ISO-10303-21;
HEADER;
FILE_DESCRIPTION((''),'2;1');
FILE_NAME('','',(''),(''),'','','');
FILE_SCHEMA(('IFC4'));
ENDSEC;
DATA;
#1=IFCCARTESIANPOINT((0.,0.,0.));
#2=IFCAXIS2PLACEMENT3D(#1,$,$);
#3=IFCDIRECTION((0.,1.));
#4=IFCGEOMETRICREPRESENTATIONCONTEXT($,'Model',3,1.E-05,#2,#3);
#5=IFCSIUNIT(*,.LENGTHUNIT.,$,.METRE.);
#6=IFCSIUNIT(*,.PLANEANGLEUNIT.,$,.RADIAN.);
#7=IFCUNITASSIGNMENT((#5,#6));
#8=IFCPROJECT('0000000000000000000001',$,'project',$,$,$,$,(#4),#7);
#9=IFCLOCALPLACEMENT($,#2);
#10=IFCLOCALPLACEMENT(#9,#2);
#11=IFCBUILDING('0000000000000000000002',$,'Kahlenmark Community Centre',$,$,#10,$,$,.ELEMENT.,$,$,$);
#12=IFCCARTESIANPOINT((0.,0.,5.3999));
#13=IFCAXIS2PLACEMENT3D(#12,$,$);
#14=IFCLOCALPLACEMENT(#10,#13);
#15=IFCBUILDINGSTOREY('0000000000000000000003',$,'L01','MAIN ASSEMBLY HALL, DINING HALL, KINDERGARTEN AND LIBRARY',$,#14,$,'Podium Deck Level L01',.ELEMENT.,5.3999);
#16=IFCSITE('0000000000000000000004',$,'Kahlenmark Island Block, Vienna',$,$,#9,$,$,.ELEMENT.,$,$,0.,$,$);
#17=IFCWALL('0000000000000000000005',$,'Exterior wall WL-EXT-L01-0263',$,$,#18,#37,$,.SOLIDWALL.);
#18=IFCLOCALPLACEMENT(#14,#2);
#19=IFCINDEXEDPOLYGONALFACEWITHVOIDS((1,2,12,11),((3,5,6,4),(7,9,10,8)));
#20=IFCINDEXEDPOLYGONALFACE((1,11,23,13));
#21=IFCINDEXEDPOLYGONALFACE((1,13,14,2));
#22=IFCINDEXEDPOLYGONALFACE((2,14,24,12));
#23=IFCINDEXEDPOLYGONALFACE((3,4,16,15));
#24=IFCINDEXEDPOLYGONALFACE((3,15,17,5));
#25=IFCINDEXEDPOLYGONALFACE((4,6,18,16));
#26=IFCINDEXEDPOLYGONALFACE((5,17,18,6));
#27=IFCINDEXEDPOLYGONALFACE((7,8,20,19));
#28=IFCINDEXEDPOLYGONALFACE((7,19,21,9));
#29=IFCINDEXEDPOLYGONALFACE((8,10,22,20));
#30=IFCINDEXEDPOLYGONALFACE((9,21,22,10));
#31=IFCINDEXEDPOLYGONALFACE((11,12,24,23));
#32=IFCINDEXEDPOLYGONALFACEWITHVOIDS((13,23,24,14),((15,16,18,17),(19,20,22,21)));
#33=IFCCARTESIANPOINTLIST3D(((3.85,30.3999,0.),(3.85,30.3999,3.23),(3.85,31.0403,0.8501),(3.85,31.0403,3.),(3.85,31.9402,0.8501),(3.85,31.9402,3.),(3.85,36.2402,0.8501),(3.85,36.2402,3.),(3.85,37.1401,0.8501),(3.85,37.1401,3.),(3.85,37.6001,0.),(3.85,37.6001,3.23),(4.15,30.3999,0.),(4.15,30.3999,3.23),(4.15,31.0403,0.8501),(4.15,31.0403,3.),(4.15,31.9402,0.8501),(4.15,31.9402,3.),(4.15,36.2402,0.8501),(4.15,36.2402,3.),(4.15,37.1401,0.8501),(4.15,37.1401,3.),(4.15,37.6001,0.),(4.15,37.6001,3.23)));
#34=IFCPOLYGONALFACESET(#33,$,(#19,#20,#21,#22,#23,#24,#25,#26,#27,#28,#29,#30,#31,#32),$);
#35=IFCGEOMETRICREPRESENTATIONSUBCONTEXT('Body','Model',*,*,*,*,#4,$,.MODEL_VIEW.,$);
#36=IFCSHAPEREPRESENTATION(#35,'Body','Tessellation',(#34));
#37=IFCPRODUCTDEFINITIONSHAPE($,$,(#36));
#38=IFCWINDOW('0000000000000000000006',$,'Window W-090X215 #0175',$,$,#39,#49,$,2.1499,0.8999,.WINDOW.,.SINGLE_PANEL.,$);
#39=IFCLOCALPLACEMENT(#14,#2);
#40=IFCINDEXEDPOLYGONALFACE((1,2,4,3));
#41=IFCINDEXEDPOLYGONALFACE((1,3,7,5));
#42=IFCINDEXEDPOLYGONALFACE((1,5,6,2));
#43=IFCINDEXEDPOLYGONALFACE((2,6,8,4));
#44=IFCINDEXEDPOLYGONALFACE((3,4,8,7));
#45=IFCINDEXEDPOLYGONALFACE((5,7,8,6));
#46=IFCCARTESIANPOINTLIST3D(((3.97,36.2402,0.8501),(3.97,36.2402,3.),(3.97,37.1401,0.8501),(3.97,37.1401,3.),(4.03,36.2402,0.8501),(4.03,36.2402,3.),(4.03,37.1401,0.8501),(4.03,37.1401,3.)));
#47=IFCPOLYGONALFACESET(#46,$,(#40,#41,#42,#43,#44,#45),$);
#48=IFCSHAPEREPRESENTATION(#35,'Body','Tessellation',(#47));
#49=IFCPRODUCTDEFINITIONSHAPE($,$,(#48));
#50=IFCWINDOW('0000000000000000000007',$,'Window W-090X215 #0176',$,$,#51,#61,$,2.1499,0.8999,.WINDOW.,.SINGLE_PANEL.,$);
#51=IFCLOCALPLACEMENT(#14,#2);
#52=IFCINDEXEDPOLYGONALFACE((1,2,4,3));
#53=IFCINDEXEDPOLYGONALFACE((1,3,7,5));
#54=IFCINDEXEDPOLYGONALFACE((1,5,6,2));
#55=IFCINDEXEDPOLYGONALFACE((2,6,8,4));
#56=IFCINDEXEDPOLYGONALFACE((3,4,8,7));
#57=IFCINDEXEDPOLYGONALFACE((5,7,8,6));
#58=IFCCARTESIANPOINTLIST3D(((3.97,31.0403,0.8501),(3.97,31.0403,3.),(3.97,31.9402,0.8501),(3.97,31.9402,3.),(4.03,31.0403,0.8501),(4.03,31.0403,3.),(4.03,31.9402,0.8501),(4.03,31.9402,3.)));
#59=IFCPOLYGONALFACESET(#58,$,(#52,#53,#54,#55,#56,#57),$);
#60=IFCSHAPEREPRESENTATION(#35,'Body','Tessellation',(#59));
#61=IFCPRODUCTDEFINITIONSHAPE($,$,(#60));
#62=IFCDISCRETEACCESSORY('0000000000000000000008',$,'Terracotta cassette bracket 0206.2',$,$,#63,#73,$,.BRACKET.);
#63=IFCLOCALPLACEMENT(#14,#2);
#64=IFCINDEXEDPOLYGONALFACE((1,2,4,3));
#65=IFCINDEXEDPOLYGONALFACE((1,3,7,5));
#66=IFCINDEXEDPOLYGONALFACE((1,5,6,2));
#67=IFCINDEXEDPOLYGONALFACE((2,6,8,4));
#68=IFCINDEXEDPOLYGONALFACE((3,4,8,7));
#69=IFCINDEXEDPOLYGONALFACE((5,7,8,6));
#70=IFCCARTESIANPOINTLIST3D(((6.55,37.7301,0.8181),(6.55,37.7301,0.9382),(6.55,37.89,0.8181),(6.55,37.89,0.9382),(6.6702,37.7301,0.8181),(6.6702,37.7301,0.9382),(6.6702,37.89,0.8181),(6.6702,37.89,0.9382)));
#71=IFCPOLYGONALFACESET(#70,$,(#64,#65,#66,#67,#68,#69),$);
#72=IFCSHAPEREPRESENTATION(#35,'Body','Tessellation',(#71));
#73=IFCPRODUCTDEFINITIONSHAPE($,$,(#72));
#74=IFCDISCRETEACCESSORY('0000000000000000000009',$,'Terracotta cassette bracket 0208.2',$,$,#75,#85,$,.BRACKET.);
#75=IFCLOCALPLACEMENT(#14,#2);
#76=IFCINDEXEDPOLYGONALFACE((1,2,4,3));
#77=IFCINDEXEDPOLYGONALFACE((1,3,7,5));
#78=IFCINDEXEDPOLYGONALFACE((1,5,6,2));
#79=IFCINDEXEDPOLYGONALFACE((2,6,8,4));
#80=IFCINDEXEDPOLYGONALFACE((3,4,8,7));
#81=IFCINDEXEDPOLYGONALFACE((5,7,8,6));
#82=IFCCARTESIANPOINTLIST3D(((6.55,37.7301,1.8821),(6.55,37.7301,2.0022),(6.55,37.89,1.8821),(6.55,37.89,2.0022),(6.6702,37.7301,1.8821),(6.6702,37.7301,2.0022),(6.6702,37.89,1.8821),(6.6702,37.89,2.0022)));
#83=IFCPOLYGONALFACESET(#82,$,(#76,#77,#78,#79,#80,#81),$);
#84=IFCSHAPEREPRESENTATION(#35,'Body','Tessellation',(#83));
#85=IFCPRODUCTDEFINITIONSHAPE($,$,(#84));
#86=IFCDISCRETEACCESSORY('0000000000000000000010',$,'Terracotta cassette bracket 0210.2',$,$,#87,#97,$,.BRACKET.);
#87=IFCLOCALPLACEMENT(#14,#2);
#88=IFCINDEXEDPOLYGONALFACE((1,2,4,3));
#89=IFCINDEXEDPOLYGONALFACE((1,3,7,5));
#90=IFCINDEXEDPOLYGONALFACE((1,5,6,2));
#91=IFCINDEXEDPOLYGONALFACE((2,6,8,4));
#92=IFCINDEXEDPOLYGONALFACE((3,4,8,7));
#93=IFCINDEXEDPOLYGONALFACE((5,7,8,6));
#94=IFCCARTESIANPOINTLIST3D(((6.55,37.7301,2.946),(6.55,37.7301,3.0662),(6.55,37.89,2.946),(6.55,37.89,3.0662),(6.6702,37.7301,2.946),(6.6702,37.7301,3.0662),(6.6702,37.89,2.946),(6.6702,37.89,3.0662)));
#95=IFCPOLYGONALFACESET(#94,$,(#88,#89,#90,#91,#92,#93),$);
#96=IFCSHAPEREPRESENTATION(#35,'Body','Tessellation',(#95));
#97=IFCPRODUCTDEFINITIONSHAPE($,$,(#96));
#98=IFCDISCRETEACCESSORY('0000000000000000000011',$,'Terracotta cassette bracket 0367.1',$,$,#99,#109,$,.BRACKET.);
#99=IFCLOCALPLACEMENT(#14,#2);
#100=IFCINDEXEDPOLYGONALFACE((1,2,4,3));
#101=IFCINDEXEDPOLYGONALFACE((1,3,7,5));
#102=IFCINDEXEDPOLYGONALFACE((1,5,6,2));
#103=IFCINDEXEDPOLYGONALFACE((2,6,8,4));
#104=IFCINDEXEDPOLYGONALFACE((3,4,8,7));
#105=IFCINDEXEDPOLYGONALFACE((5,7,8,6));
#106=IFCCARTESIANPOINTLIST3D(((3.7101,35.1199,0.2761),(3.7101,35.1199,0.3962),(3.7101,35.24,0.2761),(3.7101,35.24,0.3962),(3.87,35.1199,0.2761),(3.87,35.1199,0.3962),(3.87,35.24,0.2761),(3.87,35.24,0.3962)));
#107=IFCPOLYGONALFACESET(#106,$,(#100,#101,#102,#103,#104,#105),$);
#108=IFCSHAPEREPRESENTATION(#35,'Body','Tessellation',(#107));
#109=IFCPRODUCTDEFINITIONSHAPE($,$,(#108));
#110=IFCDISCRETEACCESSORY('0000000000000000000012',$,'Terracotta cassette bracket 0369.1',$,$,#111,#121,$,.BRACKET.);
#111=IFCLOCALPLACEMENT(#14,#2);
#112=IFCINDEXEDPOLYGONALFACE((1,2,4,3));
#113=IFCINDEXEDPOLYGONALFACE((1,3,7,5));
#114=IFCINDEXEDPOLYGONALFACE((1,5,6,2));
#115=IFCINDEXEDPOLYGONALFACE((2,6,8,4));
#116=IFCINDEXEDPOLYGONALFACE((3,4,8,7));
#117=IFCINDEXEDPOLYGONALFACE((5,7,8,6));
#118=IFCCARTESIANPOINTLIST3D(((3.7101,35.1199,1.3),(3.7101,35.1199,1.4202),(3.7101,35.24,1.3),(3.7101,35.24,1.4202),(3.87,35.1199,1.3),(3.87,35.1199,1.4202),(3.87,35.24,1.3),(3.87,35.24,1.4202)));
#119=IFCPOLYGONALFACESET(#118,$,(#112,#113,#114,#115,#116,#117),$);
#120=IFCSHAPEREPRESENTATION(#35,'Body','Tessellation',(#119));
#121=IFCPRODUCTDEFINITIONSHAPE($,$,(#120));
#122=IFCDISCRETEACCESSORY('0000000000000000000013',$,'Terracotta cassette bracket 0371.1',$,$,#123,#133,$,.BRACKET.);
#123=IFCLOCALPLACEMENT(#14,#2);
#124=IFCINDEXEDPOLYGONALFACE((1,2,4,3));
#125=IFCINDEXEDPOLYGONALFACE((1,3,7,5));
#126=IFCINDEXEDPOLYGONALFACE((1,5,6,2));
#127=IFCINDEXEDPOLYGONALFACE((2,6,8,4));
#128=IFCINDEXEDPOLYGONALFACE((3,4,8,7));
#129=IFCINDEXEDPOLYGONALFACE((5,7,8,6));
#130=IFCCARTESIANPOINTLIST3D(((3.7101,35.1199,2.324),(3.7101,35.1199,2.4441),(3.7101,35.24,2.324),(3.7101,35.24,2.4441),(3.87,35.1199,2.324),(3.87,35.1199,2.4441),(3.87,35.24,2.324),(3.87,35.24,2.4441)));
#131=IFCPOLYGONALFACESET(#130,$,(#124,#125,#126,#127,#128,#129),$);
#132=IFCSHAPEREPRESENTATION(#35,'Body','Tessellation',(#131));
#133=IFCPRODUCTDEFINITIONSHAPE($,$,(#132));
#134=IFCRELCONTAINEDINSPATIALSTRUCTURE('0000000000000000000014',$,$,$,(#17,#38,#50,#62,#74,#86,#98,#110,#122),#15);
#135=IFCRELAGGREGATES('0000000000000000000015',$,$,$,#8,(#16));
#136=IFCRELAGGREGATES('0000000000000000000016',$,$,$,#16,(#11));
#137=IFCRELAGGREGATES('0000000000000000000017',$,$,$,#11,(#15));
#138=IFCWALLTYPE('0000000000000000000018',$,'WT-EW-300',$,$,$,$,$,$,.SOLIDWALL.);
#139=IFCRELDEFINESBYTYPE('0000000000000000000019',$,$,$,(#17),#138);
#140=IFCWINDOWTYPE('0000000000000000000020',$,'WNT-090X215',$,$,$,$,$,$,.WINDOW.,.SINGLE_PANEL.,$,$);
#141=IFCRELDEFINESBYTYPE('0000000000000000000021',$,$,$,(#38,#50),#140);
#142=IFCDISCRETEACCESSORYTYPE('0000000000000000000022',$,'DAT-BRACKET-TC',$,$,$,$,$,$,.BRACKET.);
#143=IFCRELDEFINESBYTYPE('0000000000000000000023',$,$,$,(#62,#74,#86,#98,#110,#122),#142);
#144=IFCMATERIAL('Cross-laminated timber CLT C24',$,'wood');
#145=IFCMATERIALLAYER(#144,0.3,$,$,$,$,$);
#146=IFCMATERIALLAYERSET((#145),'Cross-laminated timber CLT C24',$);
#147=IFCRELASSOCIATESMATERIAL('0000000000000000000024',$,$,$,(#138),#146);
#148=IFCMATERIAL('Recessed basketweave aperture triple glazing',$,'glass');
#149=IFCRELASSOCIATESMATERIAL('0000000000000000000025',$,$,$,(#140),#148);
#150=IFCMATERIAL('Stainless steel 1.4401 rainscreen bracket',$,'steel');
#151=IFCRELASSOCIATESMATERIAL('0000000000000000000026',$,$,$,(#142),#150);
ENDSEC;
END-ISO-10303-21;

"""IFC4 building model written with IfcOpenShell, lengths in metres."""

from ifc_helpers import new_model, si_unit, direction, frame, frame_2d, origin, origin_2d, place, context, subcontext, project, spatial, rectangle, extrude, material, layer, layer_set, type_object, element, fill, save


model = new_model("IFC4")

# Units and contexts
model_context = context("Model", 3, precision=1e-05, world=origin(), true_north=direction((0.0, 1.0)))
body_context = subcontext(model_context, "Body", "Model", "MODEL_VIEW")
ifc_project = project(units=[si_unit("LENGTHUNIT", "METRE"), si_unit("PLANEANGLEUNIT", "RADIAN")], contexts=[model_context])

# Site, building, storey
site_placement = place(None, origin())
site = spatial("IfcSite", under=ifc_project, at=site_placement, Name="Kahlenmark Island Block, Vienna", CompositionType="ELEMENT", RefElevation=0.0)
building_placement = place(site_placement, origin())
building = spatial("IfcBuilding", under=site, at=building_placement, Name="Kahlenmark Community Centre", CompositionType="ELEMENT")
storey_placement = place(building_placement, frame((0.0, 0.0, 5.3999)))
storey = spatial("IfcBuildingStorey", under=building, at=storey_placement, Name="L01", Description="MAIN ASSEMBLY HALL, DINING HALL, KINDERGARTEN AND LIBRARY", LongName="Podium Deck Level L01", CompositionType="ELEMENT", Elevation=5.3999)

# Wall, openings, windows
ifc_material_1 = material(Name="Cross-laminated timber CLT C24", Category="wood")
ifc_layer_1 = layer(ifc_material_1, 0.3)
ifc_layer_set_1 = layer_set([ifc_layer_1], Name="Cross-laminated timber CLT C24")
wall_type = type_object("IfcWallType", Name="WT-EW-300", PredefinedType="SOLIDWALL", material=ifc_layer_set_1)
wall_placement = place(storey_placement, frame((4.0, 37.6001, 0.0), z_axis=(0.0, 0.0, 1.0), x_axis=(0.0, -1.0, 0.0)))
wall = element("IfcWall", 1, at=wall_placement, inside=storey, type_object=wall_type, Name="Exterior wall WL-EXT-L01-0263", PredefinedType="SOLIDWALL", context=body_context, shape_type="SweptSolid", body=[
    extrude(rectangle(XDim=7.2002, YDim=0.3, at=frame_2d((3.6001, 0.0))), origin(), (0.0, 0.0, 1.0), 3.23),
])
opening_1_placement = place(wall_placement, frame((0.46, 0.0, 0.8501)))
opening_1 = element("IfcOpeningElement", 2, at=opening_1_placement, cuts=wall, PredefinedType="OPENING", context=body_context, shape_type="SweptSolid", body=[
    extrude(rectangle(XDim=0.8999, YDim=2.1499, at=frame_2d((0.45, 1.075))), frame((0.0, 0.1599, 0.0), z_axis=(0.0, -1.0, 0.0), x_axis=(1.0, 0.0, 0.0)), (0.0, 0.0, 1.0), 0.3201),
])
opening_2_placement = place(wall_placement, frame((5.6599, 0.0, 0.8501)))
opening_2 = element("IfcOpeningElement", 3, at=opening_2_placement, cuts=wall, PredefinedType="OPENING", context=body_context, shape_type="SweptSolid", body=[
    extrude(rectangle(XDim=0.8999, YDim=2.1499, at=frame_2d((0.45, 1.075))), frame((0.0, 0.1599, 0.0), z_axis=(0.0, -1.0, 0.0), x_axis=(1.0, 0.0, 0.0)), (0.0, 0.0, 1.0), 0.3201),
])
ifc_material_2 = material(Name="Recessed basketweave aperture triple glazing", Category="glass")
window_type = type_object("IfcWindowType", Name="WNT-090X215", PartitioningType="SINGLE_PANEL", PredefinedType="WINDOW", material=ifc_material_2)
window_1_placement = place(opening_1_placement, origin())
window_1 = element("IfcWindow", 4, at=window_1_placement, inside=storey, type_object=window_type, Name="Window W-090X215 #0175", OverallHeight=2.1499, OverallWidth=0.8999, PartitioningType="SINGLE_PANEL", PredefinedType="WINDOW", context=body_context, shape_type="SweptSolid", body=[
    extrude(rectangle(XDim=0.8999, YDim=2.1499, at=frame_2d((0.45, 1.075))), frame((0.0, 0.03, 0.0), z_axis=(0.0, -1.0, 0.0), x_axis=(1.0, 0.0, 0.0)), (0.0, 0.0, 1.0), 0.0601),
])
fill(opening_1, window_1)
window_2_placement = place(opening_2_placement, origin())
window_2 = element("IfcWindow", 5, at=window_2_placement, inside=storey, type_object=window_type, Name="Window W-090X215 #0176", OverallHeight=2.1499, OverallWidth=0.8999, PartitioningType="SINGLE_PANEL", PredefinedType="WINDOW", context=body_context, shape_type="SweptSolid", body=[
    extrude(rectangle(XDim=0.8999, YDim=2.1499, at=frame_2d((0.45, 1.075))), frame((0.0, 0.03, 0.0), z_axis=(0.0, -1.0, 0.0), x_axis=(1.0, 0.0, 0.0)), (0.0, 0.0, 1.0), 0.0601),
])
fill(opening_2, window_2)

# Discrete accessories
ifc_material_3 = material(Name="Stainless steel 1.4401 rainscreen bracket", Category="steel")
discrete_accessory_type = type_object("IfcDiscreteAccessoryType", Name="DAT-BRACKET-TC", PredefinedType="BRACKET", material=ifc_material_3)
for number, where, z_axis, x_axis, name in (
    (6, (6.6101, 37.8101, 0.8181), (0.0, 0.0, 1.0), (-1.0, 0.0, 0.0), "Terracotta cassette bracket 0206.2"),
    (7, (6.6101, 37.8101, 1.8821), (0.0, 0.0, 1.0), (-1.0, 0.0, 0.0), "Terracotta cassette bracket 0208.2"),
    (8, (6.6101, 37.8101, 2.946), (0.0, 0.0, 1.0), (-1.0, 0.0, 0.0), "Terracotta cassette bracket 0210.2"),
    (9, (3.79, 35.1799, 0.2761), (0.0, 0.0, 1.0), (0.0, -1.0, 0.0), "Terracotta cassette bracket 0367.1"),
    (10, (3.79, 35.1799, 1.3), (0.0, 0.0, 1.0), (0.0, -1.0, 0.0), "Terracotta cassette bracket 0369.1"),
    (11, (3.79, 35.1799, 2.324), (0.0, 0.0, 1.0), (0.0, -1.0, 0.0), "Terracotta cassette bracket 0371.1"),
):
    element("IfcDiscreteAccessory", number, at=place(storey_placement, frame(where, z_axis=z_axis, x_axis=x_axis)), inside=storey, type_object=discrete_accessory_type, Name=name, PredefinedType="BRACKET", context=body_context, shape_type="SweptSolid", body=[
        extrude(rectangle(XDim=0.1201, YDim=0.1599, at=origin_2d()), origin(), (0.0, 0.0, 1.0), 0.1201),
    ])

save(model, "model.ifc")
